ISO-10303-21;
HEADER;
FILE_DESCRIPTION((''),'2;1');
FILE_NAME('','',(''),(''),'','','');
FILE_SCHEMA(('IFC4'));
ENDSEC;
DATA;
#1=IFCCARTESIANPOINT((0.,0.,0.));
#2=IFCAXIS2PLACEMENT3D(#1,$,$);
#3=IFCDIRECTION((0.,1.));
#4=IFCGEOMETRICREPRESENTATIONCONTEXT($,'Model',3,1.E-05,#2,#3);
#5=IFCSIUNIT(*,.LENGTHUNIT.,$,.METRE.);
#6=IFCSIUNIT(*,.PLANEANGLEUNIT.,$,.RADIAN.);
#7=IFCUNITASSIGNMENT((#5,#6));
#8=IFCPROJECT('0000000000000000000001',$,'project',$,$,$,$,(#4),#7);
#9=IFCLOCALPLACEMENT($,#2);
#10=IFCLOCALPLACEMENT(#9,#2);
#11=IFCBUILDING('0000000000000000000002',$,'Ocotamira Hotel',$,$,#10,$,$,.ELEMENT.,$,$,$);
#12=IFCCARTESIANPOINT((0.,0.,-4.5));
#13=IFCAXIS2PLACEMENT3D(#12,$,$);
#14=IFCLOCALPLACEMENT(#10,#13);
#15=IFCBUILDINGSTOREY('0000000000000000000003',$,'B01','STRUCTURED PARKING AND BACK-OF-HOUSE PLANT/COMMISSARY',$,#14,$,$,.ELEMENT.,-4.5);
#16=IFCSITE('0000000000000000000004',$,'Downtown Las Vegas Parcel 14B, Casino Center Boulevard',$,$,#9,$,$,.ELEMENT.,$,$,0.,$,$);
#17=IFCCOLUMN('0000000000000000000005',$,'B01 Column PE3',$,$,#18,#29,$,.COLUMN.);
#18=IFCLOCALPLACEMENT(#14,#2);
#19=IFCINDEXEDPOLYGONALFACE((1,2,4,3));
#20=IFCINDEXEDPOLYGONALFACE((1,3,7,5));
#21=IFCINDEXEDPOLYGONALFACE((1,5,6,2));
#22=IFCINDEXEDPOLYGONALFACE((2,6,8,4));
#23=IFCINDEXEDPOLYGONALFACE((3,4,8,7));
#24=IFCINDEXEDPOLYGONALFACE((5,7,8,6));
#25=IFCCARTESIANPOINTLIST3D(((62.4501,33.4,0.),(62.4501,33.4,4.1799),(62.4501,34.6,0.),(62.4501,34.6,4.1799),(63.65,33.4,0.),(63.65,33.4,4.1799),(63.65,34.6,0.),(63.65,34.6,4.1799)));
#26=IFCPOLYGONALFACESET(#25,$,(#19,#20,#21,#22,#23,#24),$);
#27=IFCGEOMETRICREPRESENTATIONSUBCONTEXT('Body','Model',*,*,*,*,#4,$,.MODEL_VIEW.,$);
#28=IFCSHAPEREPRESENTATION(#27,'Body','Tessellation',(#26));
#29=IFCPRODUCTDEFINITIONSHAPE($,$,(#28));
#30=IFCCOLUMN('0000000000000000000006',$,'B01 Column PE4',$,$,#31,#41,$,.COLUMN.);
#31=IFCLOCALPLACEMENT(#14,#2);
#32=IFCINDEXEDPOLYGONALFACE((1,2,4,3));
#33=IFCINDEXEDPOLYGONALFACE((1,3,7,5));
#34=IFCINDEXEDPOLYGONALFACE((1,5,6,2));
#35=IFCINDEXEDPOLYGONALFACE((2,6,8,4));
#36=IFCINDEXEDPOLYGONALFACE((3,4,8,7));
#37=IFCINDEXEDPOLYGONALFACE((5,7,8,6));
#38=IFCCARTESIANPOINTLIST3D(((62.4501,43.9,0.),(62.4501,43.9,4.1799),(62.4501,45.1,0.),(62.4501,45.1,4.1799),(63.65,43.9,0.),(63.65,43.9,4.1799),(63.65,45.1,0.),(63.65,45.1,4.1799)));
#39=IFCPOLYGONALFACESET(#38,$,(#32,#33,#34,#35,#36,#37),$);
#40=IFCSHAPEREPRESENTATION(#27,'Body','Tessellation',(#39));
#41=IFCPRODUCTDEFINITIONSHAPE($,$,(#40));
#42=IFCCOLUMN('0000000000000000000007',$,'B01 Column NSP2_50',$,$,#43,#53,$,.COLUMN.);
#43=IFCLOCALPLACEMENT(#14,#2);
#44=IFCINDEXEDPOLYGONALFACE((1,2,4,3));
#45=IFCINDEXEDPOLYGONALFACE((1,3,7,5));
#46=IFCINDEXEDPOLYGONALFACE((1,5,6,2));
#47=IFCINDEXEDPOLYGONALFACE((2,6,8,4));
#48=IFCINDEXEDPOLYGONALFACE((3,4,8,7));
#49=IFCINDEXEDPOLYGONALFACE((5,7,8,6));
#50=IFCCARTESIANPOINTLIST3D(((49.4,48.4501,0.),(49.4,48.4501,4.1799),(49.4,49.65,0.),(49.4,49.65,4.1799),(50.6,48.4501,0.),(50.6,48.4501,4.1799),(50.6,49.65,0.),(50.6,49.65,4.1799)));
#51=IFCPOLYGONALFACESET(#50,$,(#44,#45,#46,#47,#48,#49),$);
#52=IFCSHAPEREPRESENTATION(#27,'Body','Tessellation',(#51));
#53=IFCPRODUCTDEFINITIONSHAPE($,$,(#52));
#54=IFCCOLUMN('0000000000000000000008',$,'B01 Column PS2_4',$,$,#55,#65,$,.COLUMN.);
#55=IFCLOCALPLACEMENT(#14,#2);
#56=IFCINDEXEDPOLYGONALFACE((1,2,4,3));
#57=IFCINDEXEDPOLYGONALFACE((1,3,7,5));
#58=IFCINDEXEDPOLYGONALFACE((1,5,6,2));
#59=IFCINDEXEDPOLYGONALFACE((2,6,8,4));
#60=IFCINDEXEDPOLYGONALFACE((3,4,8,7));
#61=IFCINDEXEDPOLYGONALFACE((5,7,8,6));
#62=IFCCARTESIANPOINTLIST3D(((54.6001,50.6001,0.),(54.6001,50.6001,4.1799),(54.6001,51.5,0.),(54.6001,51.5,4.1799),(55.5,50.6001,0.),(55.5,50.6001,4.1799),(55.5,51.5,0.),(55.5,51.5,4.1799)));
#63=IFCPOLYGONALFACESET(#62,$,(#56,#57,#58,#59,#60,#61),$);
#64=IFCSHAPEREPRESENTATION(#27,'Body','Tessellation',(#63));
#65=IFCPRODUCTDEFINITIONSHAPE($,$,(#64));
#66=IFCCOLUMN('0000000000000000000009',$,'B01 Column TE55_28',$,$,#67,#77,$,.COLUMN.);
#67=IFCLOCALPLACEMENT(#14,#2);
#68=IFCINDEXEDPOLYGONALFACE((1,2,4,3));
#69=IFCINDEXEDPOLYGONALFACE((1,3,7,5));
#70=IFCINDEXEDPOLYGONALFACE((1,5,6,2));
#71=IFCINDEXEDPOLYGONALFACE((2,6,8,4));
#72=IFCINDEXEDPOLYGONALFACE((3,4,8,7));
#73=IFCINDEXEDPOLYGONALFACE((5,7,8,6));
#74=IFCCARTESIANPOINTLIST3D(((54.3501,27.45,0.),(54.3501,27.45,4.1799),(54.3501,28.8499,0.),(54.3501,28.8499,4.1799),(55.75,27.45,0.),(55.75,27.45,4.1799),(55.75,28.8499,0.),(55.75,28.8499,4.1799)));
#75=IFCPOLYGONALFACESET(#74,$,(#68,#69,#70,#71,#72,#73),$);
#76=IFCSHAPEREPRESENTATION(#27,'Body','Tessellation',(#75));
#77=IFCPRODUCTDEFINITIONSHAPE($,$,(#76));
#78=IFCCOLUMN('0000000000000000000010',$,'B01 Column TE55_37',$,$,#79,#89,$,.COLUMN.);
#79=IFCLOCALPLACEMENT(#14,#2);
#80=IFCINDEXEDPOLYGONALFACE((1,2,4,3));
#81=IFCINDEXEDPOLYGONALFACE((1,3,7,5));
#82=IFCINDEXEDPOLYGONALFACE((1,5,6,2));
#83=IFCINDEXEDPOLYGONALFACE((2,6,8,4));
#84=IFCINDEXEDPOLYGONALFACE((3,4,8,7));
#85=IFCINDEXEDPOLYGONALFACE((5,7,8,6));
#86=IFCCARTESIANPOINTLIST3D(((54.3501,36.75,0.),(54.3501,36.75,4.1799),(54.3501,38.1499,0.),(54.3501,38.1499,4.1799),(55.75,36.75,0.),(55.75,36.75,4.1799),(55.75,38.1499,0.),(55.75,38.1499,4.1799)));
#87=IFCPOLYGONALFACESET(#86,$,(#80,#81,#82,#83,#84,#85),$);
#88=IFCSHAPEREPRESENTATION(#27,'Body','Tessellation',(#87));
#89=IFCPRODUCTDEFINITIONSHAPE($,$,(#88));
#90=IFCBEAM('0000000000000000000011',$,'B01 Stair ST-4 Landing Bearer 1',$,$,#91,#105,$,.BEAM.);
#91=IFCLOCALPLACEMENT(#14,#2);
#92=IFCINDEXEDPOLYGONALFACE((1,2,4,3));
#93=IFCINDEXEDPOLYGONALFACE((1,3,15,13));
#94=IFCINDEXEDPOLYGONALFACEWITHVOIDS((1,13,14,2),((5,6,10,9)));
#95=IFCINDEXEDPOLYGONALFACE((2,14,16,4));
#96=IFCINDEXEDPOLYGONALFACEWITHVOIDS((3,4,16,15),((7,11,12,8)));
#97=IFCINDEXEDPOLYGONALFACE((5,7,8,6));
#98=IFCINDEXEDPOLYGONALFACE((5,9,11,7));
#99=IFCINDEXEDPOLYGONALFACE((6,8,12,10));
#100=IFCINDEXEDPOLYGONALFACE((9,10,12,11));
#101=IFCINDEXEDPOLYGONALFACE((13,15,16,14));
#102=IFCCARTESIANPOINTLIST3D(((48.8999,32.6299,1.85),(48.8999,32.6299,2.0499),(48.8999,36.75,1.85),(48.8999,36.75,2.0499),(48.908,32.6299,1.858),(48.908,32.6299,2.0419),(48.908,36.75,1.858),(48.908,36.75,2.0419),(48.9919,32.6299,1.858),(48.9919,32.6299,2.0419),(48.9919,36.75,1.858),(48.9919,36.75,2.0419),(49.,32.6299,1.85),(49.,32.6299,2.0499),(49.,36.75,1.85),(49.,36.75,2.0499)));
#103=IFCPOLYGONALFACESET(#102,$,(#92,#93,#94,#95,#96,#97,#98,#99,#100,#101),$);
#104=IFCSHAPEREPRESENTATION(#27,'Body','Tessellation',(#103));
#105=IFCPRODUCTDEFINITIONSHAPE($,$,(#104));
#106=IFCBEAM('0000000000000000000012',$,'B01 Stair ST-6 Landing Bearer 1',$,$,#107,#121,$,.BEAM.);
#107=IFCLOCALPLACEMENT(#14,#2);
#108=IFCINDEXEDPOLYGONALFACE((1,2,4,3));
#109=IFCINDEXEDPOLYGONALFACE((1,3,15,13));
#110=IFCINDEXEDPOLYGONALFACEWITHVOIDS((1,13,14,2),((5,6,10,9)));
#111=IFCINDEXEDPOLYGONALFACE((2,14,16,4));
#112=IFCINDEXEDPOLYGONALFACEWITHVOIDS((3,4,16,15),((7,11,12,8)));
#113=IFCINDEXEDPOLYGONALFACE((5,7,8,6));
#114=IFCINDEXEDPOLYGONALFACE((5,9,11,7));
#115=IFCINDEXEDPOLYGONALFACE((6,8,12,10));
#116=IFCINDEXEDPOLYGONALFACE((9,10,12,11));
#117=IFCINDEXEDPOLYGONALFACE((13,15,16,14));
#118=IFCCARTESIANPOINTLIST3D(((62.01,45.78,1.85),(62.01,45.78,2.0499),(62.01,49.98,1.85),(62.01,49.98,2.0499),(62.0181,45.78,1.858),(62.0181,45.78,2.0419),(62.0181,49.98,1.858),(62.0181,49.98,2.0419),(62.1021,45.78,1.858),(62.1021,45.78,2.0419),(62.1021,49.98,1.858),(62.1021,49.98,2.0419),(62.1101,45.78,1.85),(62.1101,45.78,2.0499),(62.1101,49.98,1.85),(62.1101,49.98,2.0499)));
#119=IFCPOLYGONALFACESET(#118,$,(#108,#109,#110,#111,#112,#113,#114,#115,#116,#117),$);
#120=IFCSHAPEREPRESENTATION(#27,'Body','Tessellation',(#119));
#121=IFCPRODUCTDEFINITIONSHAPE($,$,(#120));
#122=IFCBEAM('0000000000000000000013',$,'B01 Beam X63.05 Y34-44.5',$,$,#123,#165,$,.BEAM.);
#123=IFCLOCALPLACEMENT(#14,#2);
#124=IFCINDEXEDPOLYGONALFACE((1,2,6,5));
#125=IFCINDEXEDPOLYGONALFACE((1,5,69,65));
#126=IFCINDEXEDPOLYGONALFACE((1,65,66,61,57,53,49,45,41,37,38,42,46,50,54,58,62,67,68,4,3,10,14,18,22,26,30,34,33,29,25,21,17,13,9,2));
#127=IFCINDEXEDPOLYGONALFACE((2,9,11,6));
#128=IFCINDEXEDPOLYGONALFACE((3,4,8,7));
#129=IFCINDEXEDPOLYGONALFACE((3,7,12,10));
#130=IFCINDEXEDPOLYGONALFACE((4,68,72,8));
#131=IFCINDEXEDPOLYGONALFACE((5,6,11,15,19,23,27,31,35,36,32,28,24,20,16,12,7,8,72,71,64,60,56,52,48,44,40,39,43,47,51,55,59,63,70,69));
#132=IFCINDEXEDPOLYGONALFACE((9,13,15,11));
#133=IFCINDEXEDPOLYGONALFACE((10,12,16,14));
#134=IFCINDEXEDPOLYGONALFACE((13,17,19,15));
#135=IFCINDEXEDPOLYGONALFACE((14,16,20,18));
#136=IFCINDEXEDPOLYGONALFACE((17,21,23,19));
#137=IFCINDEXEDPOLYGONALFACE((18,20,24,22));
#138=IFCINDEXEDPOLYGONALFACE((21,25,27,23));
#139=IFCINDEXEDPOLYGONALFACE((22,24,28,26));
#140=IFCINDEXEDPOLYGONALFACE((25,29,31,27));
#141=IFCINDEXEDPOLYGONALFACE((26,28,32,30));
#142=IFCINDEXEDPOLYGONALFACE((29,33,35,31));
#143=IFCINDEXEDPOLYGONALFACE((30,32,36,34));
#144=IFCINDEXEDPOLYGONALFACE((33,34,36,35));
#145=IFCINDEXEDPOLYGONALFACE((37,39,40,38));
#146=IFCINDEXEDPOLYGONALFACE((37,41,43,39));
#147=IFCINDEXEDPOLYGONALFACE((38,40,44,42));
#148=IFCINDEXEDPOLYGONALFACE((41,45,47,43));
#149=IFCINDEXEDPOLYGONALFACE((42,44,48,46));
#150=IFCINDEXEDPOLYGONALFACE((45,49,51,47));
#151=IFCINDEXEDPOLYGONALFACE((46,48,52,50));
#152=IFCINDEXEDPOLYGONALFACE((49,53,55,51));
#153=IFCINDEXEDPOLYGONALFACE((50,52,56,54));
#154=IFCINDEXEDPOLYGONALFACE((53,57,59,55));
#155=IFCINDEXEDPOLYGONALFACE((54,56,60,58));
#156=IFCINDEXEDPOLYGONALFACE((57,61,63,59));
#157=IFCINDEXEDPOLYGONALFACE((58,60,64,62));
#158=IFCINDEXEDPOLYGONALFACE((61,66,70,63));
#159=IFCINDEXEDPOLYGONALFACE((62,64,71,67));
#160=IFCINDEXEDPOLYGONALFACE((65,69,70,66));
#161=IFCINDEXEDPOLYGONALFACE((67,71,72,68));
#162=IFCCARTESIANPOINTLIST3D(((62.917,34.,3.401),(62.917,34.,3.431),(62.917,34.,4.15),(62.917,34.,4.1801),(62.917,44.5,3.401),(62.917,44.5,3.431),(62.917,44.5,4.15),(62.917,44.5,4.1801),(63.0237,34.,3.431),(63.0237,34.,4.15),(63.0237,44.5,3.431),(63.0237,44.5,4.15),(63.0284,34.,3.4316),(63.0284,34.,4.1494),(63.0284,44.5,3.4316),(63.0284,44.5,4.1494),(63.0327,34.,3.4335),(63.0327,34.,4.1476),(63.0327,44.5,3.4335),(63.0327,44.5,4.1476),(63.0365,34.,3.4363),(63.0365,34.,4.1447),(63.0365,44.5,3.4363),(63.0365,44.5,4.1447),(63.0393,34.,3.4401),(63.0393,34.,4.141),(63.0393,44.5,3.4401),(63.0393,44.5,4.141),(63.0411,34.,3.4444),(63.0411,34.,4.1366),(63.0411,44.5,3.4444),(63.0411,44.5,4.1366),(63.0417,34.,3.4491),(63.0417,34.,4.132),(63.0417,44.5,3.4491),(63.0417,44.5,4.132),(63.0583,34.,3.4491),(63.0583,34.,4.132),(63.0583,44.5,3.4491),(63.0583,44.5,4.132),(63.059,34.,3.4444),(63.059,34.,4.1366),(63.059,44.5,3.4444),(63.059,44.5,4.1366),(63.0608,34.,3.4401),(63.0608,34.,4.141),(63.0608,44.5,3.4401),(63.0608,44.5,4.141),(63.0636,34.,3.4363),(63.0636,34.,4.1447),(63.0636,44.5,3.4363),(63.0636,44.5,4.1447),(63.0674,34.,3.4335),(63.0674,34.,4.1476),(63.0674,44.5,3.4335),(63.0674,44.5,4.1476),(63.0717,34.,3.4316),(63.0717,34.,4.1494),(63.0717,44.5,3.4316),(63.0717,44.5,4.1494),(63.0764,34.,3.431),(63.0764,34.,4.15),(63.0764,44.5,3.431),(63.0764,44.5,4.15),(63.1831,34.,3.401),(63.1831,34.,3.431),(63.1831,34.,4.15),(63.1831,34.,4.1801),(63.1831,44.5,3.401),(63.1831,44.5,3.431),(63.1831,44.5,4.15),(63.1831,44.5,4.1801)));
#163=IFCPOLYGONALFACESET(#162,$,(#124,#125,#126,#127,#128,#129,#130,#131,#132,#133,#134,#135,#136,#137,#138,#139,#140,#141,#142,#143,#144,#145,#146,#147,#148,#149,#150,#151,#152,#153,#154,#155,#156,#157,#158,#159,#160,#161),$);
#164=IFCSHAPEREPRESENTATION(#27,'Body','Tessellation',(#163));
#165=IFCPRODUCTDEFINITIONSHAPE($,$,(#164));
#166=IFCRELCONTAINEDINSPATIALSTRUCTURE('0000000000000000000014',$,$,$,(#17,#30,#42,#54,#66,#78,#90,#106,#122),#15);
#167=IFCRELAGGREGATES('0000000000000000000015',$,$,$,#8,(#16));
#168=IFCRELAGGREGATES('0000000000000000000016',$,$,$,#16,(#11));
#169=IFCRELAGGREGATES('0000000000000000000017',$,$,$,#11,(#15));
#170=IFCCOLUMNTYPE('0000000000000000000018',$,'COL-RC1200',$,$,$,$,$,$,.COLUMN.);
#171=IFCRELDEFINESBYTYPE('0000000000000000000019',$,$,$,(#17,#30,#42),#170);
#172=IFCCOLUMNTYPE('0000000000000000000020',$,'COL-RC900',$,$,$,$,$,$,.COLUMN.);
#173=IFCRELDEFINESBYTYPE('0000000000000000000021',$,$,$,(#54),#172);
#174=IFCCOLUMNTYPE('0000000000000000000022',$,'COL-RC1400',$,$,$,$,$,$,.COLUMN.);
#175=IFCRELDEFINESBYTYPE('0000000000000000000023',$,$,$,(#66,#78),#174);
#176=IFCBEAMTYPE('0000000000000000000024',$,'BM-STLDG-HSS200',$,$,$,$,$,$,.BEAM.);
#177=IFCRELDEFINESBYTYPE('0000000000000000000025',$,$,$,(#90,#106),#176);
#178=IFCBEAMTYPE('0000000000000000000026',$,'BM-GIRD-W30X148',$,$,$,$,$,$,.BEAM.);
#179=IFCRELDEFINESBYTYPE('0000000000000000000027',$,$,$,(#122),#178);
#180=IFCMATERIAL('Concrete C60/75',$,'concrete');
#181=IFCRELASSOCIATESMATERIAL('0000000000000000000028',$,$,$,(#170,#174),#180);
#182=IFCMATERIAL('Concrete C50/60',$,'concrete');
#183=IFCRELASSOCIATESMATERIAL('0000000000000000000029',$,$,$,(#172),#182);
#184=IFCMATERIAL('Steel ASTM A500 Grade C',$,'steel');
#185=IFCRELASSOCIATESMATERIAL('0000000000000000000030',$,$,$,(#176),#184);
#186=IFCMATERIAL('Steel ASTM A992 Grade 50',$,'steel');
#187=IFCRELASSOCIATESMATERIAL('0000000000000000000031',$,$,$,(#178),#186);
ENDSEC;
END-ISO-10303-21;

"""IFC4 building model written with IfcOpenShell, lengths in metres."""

from ifc_helpers import new_model, si_unit, direction, frame, origin, origin_2d, place, context, subcontext, project, spatial, rectangle, hollow_rectangle, i_section, extrude, source, transform, mapped, material, material_profile, profile_set, type_object, element, save


model = new_model("IFC4")

# Units and contexts
model_context = context("Model", 3, precision=1e-05, world=origin(), true_north=direction((0.0, 1.0)))
body_context = subcontext(model_context, "Body", "Model", "MODEL_VIEW")
ifc_project = project(units=[si_unit("LENGTHUNIT", "METRE"), si_unit("PLANEANGLEUNIT", "RADIAN")], contexts=[model_context])

# Site, building, storey
site_placement = place(None, origin())
site = spatial("IfcSite", under=ifc_project, at=site_placement, Name="Downtown Las Vegas Parcel 14B, Casino Center Boulevard", CompositionType="ELEMENT", RefElevation=0.0)
building_placement = place(site_placement, origin())
building = spatial("IfcBuilding", under=site, at=building_placement, Name="Ocotamira Hotel", CompositionType="ELEMENT")
storey_placement = place(building_placement, frame((0.0, 0.0, -4.5)))
storey = spatial("IfcBuildingStorey", under=building, at=storey_placement, Name="B01", Description="STRUCTURED PARKING AND BACK-OF-HOUSE PLANT/COMMISSARY", CompositionType="ELEMENT", Elevation=-4.5)

# Columns
ifc_material_1 = material(Name="Concrete C60/75", Category="concrete")
ifc_material_profile_1 = material_profile(ifc_material_1, rectangle(XDim=1.2, YDim=1.2, at=origin_2d()), Name="RC1200X1200")
ifc_profile_set_1 = profile_set([ifc_material_profile_1], Name="Concrete C60/75")
column_type_1 = type_object("IfcColumnType", Name="COL-RC1200", PredefinedType="COLUMN", material=ifc_profile_set_1)
shared_shape_1 = source(origin(), body_context, "Body", "SweptSolid", [
    extrude(rectangle(XDim=1.2, YDim=1.2, at=origin_2d()), origin(), (0.0, 0.0, 1.0), 4.1799),
])
for number, where, z_axis, x_axis, name in (
    (1, (63.05, 34.0, 0.0), (0.0, 0.0, 1.0), (1.0, 0.0, 0.0), "B01 Column PE3"),
    (2, (63.05, 44.5, 0.0), (0.0, 0.0, 1.0), (1.0, 0.0, 0.0), "B01 Column PE4"),
    (3, (50.0, 49.05, 0.0), (0.0, 0.0, 1.0), (1.0, 0.0, 0.0), "B01 Column NSP2_50"),
):
    element("IfcColumn", number, at=place(storey_placement, frame(where, z_axis=z_axis, x_axis=x_axis)), inside=storey, type_object=column_type_1, Name=name, PredefinedType="COLUMN", context=body_context, shape_type="MappedRepresentation", body=[
        mapped(shared_shape_1, transform((0.0, 0.0, 0.0), scale=1.0)),
    ])
ifc_material_2 = material(Name="Concrete C50/60", Category="concrete")
ifc_material_profile_2 = material_profile(ifc_material_2, rectangle(XDim=0.8999, YDim=0.8999, at=origin_2d()), Name="RC900X900")
ifc_profile_set_2 = profile_set([ifc_material_profile_2], Name="Concrete C50/60")
column_type_2 = type_object("IfcColumnType", Name="COL-RC900", PredefinedType="COLUMN", material=ifc_profile_set_2)
shared_shape_2 = source(origin(), body_context, "Body", "SweptSolid", [
    extrude(rectangle(XDim=0.8999, YDim=0.8999, at=origin_2d()), origin(), (0.0, 0.0, 1.0), 4.1799),
])
column_placement = place(storey_placement, frame((55.05, 51.05, 0.0), z_axis=(0.0, 0.0, 1.0), x_axis=(1.0, 0.0, 0.0)))
element("IfcColumn", 4, at=column_placement, inside=storey, type_object=column_type_2, Name="B01 Column PS2_4", PredefinedType="COLUMN", context=body_context, shape_type="MappedRepresentation", body=[
    mapped(shared_shape_2, transform((0.0, 0.0, 0.0), scale=1.0)),
])
ifc_material_profile_3 = material_profile(ifc_material_1, rectangle(XDim=1.3999, YDim=1.3999, at=origin_2d()), Name="RC1400X1400")
ifc_profile_set_3 = profile_set([ifc_material_profile_3], Name="Concrete C60/75")
column_type_3 = type_object("IfcColumnType", Name="COL-RC1400", PredefinedType="COLUMN", material=ifc_profile_set_3)
shared_shape_3 = source(origin(), body_context, "Body", "SweptSolid", [
    extrude(rectangle(XDim=1.3999, YDim=1.3999, at=origin_2d()), origin(), (0.0, 0.0, 1.0), 4.1799),
])
for number, where, z_axis, x_axis, name in (
    (5, (55.05, 28.1499, 0.0), (0.0, 0.0, 1.0), (1.0, 0.0, 0.0), "B01 Column TE55_28"),
    (6, (55.05, 37.45, 0.0), (0.0, 0.0, 1.0), (1.0, 0.0, 0.0), "B01 Column TE55_37"),
):
    element("IfcColumn", number, at=place(storey_placement, frame(where, z_axis=z_axis, x_axis=x_axis)), inside=storey, type_object=column_type_3, Name=name, PredefinedType="COLUMN", context=body_context, shape_type="MappedRepresentation", body=[
        mapped(shared_shape_3, transform((0.0, 0.0, 0.0), scale=1.0)),
    ])

# Beams
ifc_material_3 = material(Name="Steel ASTM A500 Grade C", Category="steel")
ifc_material_profile_4 = material_profile(ifc_material_3, hollow_rectangle(XDim=0.1001, YDim=0.2, WallThickness=0.0081, at=origin_2d()), Name="HSS200X100X8")
ifc_profile_set_4 = profile_set([ifc_material_profile_4], Name="Steel ASTM A500 Grade C")
beam_type_1 = type_object("IfcBeamType", Name="BM-STLDG-HSS200", PredefinedType="BEAM", material=ifc_profile_set_4)
shared_shape_4 = source(origin(), body_context, "Body", "SweptSolid", [
    extrude(hollow_rectangle(XDim=0.1001, YDim=0.2, WallThickness=0.0081, at=origin_2d()), origin(), (0.0, 0.0, 1.0), 4.1201),
])
beam_1_placement = place(storey_placement, frame((48.95, 32.6299, 1.95), z_axis=(0.0, 1.0, 0.0), x_axis=(-1.0, 0.0, 0.0)))
element("IfcBeam", 7, at=beam_1_placement, inside=storey, type_object=beam_type_1, Name="B01 Stair ST-4 Landing Bearer 1", PredefinedType="BEAM", context=body_context, shape_type="MappedRepresentation", body=[
    mapped(shared_shape_4, transform((0.0, 0.0, 0.0), scale=1.0)),
])
shared_shape_5 = source(origin(), body_context, "Body", "SweptSolid", [
    extrude(hollow_rectangle(XDim=0.1001, YDim=0.2, WallThickness=0.0081, at=origin_2d()), origin(), (0.0, 0.0, 1.0), 4.2),
])
beam_2_placement = place(storey_placement, frame((62.0601, 45.78, 1.95), z_axis=(0.0, 1.0, 0.0), x_axis=(-1.0, 0.0, 0.0)))
element("IfcBeam", 8, at=beam_2_placement, inside=storey, type_object=beam_type_1, Name="B01 Stair ST-6 Landing Bearer 1", PredefinedType="BEAM", context=body_context, shape_type="MappedRepresentation", body=[
    mapped(shared_shape_5, transform((0.0, 0.0, 0.0), scale=1.0)),
])
ifc_material_4 = material(Name="Steel ASTM A992 Grade 50", Category="steel")
ifc_material_profile_5 = material_profile(ifc_material_4, i_section(OverallWidth=0.2661, OverallDepth=0.7791, WebThickness=0.0166, FlangeThickness=0.03, FilletRadius=0.0181, at=origin_2d()), Name="W30X148")
ifc_profile_set_5 = profile_set([ifc_material_profile_5], Name="Steel ASTM A992 Grade 50")
beam_type_2 = type_object("IfcBeamType", Name="BM-GIRD-W30X148", PredefinedType="BEAM", material=ifc_profile_set_5)
shared_shape_6 = source(origin(), body_context, "Body", "SweptSolid", [
    extrude(i_section(OverallWidth=0.2661, OverallDepth=0.7791, WebThickness=0.0166, FlangeThickness=0.03, FilletRadius=0.0181, at=origin_2d()), origin(), (0.0, 0.0, 1.0), 10.5),
])
beam_3_placement = place(storey_placement, frame((63.05, 34.0, 3.7905), z_axis=(0.0, 1.0, 0.0), x_axis=(-1.0, 0.0, 0.0)))
element("IfcBeam", 9, at=beam_3_placement, inside=storey, type_object=beam_type_2, Name="B01 Beam X63.05 Y34-44.5", PredefinedType="BEAM", context=body_context, shape_type="MappedRepresentation", body=[
    mapped(shared_shape_6, transform((0.0, 0.0, 0.0), scale=1.0)),
])

save(model, "model.ifc")
